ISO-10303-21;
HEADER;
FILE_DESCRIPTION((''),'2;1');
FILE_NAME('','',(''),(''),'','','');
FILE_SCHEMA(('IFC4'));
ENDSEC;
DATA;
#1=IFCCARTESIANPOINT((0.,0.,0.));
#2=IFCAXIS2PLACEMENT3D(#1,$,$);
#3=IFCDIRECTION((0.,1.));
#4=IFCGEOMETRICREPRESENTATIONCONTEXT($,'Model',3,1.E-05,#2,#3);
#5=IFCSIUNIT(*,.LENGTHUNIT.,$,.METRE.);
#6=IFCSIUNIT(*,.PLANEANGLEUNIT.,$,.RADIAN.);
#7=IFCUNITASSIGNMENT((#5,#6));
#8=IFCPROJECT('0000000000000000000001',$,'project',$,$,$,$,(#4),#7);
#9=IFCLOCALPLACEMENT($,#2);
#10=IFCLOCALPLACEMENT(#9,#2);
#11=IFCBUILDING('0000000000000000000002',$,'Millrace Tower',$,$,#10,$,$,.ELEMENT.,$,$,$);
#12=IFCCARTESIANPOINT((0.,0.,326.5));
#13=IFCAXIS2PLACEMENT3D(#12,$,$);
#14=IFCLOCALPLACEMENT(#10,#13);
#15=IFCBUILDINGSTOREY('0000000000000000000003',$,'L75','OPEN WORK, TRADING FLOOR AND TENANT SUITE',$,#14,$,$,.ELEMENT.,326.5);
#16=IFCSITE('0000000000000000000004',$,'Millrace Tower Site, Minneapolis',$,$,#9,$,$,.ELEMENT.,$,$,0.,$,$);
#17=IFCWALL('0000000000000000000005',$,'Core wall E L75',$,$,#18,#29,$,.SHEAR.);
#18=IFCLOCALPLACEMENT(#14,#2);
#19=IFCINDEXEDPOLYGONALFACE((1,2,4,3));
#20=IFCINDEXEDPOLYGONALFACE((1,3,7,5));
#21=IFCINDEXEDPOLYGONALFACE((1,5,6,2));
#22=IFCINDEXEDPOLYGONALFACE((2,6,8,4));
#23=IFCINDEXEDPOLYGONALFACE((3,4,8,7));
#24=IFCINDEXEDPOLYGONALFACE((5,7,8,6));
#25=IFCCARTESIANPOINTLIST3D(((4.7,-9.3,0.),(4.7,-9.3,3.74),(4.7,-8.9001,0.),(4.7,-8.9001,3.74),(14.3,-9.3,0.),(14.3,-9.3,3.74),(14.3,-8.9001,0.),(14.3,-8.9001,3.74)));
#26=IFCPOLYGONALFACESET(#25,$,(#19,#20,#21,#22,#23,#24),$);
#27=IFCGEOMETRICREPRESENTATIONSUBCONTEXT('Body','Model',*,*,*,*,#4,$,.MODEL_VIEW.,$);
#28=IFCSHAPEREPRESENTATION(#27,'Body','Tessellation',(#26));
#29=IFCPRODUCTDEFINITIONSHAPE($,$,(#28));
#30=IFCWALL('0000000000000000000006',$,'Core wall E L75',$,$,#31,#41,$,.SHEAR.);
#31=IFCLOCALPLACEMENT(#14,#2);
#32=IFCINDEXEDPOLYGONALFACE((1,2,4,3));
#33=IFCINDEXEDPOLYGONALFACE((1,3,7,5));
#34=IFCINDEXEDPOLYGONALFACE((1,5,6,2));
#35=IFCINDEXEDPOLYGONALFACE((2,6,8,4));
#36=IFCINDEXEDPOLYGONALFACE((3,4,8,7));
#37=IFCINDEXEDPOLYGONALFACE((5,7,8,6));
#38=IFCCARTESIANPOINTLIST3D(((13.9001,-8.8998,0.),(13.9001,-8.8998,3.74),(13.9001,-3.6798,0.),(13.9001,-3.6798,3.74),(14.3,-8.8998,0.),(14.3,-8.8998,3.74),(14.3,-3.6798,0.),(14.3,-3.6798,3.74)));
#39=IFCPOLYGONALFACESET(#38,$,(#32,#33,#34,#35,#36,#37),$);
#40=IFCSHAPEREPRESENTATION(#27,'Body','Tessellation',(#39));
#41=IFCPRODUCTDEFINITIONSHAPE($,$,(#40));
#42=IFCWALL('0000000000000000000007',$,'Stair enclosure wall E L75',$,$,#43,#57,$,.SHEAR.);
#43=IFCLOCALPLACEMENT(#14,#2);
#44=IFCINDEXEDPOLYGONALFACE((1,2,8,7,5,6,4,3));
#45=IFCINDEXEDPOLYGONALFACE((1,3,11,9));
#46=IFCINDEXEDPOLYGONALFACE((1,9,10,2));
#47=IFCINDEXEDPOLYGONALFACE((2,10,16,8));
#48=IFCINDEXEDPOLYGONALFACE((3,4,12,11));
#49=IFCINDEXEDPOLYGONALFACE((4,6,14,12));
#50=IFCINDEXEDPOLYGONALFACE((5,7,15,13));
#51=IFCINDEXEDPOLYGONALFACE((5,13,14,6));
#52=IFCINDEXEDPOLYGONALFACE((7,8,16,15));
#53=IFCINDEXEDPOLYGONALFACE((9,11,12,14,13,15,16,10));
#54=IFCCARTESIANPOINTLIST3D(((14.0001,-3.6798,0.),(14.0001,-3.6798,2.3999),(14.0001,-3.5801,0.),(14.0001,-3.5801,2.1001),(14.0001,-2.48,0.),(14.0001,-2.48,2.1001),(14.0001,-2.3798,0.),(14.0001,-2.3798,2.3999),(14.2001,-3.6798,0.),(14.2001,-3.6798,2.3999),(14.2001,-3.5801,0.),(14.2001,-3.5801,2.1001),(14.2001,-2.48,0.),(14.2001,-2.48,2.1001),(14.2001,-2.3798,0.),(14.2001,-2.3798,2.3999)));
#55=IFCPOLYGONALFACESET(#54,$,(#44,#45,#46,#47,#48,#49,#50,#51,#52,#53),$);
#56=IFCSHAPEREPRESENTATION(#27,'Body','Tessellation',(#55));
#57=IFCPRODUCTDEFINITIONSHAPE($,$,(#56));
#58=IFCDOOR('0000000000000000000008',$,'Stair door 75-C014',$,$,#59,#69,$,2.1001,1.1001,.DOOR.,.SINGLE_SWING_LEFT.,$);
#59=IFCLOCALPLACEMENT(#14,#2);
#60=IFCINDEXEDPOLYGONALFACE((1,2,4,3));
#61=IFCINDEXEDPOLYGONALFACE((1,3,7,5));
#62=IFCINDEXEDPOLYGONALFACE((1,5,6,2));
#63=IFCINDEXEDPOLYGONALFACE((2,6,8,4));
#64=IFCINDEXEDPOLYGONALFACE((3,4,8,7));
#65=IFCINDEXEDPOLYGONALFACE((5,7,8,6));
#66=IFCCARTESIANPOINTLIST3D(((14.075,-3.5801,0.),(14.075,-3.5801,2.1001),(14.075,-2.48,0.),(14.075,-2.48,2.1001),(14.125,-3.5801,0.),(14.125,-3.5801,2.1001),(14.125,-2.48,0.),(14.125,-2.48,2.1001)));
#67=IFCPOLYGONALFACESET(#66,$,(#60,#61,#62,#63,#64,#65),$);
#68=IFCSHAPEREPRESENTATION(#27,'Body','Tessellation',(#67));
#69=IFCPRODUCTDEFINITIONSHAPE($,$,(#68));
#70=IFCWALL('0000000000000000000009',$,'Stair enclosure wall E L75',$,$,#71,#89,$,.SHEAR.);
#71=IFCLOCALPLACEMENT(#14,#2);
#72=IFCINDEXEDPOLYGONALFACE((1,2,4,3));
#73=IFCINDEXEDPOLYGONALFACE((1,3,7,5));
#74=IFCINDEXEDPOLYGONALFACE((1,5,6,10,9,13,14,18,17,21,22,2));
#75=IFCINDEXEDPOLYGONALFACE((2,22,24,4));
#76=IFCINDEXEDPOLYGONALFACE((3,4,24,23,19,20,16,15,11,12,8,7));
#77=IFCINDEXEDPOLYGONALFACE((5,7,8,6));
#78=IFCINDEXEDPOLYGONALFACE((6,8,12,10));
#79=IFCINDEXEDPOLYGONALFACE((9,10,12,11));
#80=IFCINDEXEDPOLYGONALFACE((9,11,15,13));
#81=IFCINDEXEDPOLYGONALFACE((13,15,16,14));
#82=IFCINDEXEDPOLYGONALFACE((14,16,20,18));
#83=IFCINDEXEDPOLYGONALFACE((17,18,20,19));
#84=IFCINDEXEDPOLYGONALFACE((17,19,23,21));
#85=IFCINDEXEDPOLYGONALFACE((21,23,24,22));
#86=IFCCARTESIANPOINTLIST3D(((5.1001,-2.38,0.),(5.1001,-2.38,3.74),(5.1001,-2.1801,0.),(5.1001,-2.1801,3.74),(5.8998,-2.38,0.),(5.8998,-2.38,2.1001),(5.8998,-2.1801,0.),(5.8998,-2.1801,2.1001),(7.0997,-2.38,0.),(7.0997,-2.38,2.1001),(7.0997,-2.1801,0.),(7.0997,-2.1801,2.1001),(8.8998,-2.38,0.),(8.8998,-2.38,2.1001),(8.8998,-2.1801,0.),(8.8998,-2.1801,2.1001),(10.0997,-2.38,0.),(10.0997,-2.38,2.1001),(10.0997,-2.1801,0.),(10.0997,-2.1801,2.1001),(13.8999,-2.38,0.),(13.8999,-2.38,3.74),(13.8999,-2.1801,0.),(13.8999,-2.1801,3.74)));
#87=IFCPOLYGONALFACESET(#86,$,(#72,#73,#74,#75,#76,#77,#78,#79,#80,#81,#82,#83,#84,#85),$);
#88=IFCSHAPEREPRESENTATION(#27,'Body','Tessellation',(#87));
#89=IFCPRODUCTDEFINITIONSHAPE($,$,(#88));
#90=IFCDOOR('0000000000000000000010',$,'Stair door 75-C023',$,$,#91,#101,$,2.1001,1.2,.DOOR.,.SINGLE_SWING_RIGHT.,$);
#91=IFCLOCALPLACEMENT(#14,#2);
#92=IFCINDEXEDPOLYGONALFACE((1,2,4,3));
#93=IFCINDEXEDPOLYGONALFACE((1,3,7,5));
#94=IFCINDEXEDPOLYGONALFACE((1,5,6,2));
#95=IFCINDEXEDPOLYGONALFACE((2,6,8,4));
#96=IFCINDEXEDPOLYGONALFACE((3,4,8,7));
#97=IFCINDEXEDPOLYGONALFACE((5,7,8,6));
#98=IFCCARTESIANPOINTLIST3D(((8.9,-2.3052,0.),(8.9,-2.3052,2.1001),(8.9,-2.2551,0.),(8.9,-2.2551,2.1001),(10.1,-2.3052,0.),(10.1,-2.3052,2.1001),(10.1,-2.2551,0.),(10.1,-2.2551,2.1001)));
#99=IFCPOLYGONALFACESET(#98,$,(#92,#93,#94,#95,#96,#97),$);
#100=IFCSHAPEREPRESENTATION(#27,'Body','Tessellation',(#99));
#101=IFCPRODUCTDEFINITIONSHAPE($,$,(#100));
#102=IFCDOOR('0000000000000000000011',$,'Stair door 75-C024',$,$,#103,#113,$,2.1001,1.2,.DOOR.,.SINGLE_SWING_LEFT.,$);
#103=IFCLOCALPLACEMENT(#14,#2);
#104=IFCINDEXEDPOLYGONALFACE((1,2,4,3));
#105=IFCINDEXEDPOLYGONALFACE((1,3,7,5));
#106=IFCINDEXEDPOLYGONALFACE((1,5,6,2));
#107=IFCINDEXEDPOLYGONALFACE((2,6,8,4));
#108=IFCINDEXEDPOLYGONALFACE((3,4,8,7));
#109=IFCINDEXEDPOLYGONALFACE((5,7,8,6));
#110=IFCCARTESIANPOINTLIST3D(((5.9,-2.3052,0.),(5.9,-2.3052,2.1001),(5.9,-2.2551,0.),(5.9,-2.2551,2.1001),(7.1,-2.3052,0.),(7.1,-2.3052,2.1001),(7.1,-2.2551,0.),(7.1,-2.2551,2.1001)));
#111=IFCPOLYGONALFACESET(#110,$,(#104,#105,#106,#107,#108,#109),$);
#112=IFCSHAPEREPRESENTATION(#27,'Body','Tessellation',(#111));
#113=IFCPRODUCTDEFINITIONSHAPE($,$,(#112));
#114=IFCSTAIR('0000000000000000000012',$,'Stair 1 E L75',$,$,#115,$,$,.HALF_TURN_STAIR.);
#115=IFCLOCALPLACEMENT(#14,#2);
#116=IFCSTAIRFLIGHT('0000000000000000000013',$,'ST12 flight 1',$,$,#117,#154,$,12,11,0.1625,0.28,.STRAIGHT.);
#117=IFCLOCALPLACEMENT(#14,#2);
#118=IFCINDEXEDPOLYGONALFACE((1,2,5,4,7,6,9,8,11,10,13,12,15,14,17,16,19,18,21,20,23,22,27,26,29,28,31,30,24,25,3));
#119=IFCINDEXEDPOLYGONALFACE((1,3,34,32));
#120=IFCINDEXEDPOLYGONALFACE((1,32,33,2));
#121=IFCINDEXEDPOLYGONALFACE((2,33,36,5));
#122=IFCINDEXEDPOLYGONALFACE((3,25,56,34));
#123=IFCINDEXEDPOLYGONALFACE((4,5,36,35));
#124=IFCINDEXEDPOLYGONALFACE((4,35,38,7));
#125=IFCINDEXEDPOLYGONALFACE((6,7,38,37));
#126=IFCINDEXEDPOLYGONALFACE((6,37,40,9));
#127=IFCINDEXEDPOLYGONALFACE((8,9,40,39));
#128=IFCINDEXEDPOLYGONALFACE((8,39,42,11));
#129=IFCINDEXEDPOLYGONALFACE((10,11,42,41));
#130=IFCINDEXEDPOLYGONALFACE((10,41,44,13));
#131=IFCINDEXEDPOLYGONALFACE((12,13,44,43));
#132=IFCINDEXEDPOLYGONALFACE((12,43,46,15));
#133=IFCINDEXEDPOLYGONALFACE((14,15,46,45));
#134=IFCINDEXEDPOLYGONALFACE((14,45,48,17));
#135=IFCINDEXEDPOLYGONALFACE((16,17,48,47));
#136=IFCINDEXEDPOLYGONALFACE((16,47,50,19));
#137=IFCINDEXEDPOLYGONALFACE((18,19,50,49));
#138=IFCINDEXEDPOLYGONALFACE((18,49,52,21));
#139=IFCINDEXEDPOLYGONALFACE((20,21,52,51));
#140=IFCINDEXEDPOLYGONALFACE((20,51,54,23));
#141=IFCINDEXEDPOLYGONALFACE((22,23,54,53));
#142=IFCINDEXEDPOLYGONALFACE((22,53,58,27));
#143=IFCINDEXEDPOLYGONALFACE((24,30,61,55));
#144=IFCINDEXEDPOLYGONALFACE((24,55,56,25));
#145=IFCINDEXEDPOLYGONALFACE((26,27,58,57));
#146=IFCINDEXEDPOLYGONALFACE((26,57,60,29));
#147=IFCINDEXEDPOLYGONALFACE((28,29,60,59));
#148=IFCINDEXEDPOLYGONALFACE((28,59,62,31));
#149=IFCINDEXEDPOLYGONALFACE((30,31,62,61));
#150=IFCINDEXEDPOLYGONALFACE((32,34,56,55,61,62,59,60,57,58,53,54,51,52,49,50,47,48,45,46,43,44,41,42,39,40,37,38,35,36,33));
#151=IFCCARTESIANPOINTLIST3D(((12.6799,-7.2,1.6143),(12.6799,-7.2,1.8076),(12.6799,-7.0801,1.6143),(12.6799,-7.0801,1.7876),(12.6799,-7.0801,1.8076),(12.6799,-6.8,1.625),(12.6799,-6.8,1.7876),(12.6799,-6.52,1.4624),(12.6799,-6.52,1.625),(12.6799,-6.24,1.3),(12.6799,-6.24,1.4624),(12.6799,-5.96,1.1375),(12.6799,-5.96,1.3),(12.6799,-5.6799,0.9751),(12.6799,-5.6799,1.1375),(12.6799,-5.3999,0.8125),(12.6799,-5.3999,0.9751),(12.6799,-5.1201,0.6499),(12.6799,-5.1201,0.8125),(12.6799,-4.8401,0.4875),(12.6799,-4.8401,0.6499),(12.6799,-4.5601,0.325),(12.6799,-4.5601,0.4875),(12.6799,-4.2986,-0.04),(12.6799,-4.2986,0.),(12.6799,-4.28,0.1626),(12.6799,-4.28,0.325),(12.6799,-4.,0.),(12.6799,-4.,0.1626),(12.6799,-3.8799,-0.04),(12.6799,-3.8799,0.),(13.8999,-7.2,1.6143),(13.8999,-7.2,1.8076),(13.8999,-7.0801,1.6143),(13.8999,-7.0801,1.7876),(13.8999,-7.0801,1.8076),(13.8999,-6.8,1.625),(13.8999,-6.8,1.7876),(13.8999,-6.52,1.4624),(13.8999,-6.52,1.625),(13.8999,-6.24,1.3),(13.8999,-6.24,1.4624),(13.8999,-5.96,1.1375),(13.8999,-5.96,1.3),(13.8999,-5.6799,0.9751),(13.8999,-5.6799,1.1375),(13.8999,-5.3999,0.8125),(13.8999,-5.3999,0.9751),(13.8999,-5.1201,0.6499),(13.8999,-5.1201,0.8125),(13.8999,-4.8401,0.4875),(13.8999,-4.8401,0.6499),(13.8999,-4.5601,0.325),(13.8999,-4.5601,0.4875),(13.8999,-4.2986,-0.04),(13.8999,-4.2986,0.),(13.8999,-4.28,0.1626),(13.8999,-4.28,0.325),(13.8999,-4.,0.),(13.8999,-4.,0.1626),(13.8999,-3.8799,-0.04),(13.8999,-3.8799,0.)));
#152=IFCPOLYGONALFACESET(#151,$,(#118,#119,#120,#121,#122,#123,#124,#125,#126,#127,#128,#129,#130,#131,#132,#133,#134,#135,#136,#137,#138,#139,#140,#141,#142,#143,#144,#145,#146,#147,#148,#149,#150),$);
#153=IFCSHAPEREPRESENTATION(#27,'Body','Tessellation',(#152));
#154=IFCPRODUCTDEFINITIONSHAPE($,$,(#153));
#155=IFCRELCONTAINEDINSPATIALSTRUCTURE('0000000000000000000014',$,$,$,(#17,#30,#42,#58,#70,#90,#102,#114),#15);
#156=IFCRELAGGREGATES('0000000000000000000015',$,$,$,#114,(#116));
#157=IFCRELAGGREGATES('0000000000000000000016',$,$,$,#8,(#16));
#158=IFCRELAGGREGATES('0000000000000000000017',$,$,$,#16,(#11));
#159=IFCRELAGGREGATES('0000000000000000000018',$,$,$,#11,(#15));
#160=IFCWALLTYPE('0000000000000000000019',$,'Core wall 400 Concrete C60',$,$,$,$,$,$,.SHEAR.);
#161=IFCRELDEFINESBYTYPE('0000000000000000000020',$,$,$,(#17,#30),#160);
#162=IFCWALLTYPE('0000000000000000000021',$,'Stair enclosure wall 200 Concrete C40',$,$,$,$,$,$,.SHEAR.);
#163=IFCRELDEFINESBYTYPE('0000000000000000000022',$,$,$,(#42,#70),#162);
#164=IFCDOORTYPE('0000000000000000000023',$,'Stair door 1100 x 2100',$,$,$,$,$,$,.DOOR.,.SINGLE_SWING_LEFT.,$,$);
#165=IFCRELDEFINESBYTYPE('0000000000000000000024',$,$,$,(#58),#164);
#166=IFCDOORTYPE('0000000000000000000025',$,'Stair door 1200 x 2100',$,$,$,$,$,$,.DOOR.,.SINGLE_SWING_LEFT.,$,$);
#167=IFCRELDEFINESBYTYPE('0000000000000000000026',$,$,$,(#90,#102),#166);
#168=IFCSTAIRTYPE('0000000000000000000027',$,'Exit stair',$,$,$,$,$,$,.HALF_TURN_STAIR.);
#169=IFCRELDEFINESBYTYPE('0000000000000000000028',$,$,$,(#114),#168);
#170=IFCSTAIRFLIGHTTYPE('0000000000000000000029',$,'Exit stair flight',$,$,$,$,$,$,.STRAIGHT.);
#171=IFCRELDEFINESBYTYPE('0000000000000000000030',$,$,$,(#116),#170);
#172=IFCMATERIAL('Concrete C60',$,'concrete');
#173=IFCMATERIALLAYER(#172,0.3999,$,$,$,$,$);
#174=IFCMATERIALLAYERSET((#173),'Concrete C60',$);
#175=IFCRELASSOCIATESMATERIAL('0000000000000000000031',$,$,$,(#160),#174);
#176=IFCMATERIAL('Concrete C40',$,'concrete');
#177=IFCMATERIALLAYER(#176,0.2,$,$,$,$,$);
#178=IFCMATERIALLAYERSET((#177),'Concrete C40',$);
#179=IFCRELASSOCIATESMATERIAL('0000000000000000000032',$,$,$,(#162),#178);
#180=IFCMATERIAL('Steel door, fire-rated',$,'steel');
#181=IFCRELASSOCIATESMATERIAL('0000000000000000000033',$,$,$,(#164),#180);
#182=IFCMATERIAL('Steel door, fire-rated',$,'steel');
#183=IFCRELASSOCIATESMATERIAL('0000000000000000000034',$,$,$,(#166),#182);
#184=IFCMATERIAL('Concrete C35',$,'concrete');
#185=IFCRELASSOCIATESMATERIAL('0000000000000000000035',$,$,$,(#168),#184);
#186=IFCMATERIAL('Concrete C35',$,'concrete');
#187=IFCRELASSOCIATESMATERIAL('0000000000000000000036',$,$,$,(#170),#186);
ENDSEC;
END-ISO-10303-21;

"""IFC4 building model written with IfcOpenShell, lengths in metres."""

from ifc_helpers import new_model, si_unit, direction, frame, frame_2d, origin, place, context, subcontext, project, spatial, polyline, rectangle, outline, extrude, material, layer, layer_set, type_object, element, fill, aggregate, save


model = new_model("IFC4")

# Units and contexts
model_context = context("Model", 3, precision=1e-05, world=origin(), true_north=direction((0.0, 1.0)))
body_context = subcontext(model_context, "Body", "Model", "MODEL_VIEW")
ifc_project = project(units=[si_unit("LENGTHUNIT", "METRE"), si_unit("PLANEANGLEUNIT", "RADIAN")], contexts=[model_context])

# Site, building, storey
site_placement = place(None, origin())
site = spatial("IfcSite", under=ifc_project, at=site_placement, Name="Millrace Tower Site, Minneapolis", CompositionType="ELEMENT", RefElevation=0.0)
building_placement = place(site_placement, origin())
building = spatial("IfcBuilding", under=site, at=building_placement, Name="Millrace Tower", CompositionType="ELEMENT")
storey_placement = place(building_placement, frame((0.0, 0.0, 326.5)))
storey = spatial("IfcBuildingStorey", under=building, at=storey_placement, Name="L75", Description="OPEN WORK, TRADING FLOOR AND TENANT SUITE", CompositionType="ELEMENT", Elevation=326.5)

# Shared definitions
placement = place(storey_placement, origin())

# Walls
ifc_material_1 = material(Name="Concrete C60", Category="concrete")
ifc_layer_1 = layer(ifc_material_1, 0.3999)
ifc_layer_set_1 = layer_set([ifc_layer_1], Name="Concrete C60")
wall_type_1 = type_object("IfcWallType", Name="Core wall 400 Concrete C60", PredefinedType="SHEAR", material=ifc_layer_set_1)
wall_1_placement = place(storey_placement, frame((14.3, -9.1001, 0.0), z_axis=(0.0, 0.0, 1.0), x_axis=(-1.0, 0.0, 0.0)))
element("IfcWall", 1, at=wall_1_placement, inside=storey, type_object=wall_type_1, Name="Core wall E L75", PredefinedType="SHEAR", context=body_context, shape_type="SweptSolid", body=[
    extrude(rectangle(XDim=9.6001, YDim=0.3999, at=frame_2d((4.8, 0.0))), origin(), (0.0, 0.0, 1.0), 3.74),
])
wall_2_placement = place(storey_placement, frame((14.1001, -3.6799, 0.0), z_axis=(0.0, 0.0, 1.0), x_axis=(0.0, -1.0, 0.0)))
element("IfcWall", 2, at=wall_2_placement, inside=storey, type_object=wall_type_1, Name="Core wall E L75", PredefinedType="SHEAR", context=body_context, shape_type="SweptSolid", body=[
    extrude(rectangle(XDim=5.22, YDim=0.3999, at=frame_2d((2.6099, 0.0))), origin(), (0.0, 0.0, 1.0), 3.74),
])

# Wall, opening, door
ifc_material_2 = material(Name="Concrete C40", Category="concrete")
ifc_layer_2 = layer(ifc_material_2, 0.2)
ifc_layer_set_2 = layer_set([ifc_layer_2], Name="Concrete C40")
wall_type_2 = type_object("IfcWallType", Name="Stair enclosure wall 200 Concrete C40", PredefinedType="SHEAR", material=ifc_layer_set_2)
wall_3_placement = place(storey_placement, frame((14.1001, -2.3799, 0.0), z_axis=(0.0, 0.0, 1.0), x_axis=(0.0, -1.0, 0.0)))
wall_3 = element("IfcWall", 3, at=wall_3_placement, inside=storey, type_object=wall_type_2, Name="Stair enclosure wall E L75", PredefinedType="SHEAR", context=body_context, shape_type="SweptSolid", body=[
    extrude(rectangle(XDim=1.3, YDim=0.2, at=frame_2d((0.6499, 0.0))), origin(), (0.0, 0.0, 1.0), 2.3999),
])
opening_1_placement = place(wall_3_placement, frame((0.1001, 0.0, 0.0)))
opening_1 = element("IfcOpeningElement", 4, at=opening_1_placement, cuts=wall_3, PredefinedType="OPENING", context=body_context, shape_type="SweptSolid", body=[
    extrude(rectangle(XDim=1.1001, YDim=2.1001, at=frame_2d((0.55, 1.05))), frame((0.0, 0.1099, 0.0), z_axis=(0.0, -1.0, 0.0), x_axis=(1.0, 0.0, 0.0)), (0.0, 0.0, 1.0), 0.22),
])
ifc_material_3 = material(Name="Steel door, fire-rated", Category="steel")
door_type_1 = type_object("IfcDoorType", Name="Stair door 1100 x 2100", OperationType="SINGLE_SWING_LEFT", PredefinedType="DOOR", material=ifc_material_3)
door_1_placement = place(opening_1_placement, origin())
door_1 = element("IfcDoor", 5, at=door_1_placement, inside=storey, type_object=door_type_1, Name="Stair door 75-C014", OperationType="SINGLE_SWING_LEFT", OverallHeight=2.1001, OverallWidth=1.1001, PredefinedType="DOOR", context=body_context, shape_type="SweptSolid", body=[
    extrude(rectangle(XDim=1.1001, YDim=2.1001, at=frame_2d((0.55, 1.05))), frame((0.0, 0.0249, 0.0), z_axis=(0.0, -1.0, 0.0), x_axis=(1.0, 0.0, 0.0)), (0.0, 0.0, 1.0), 0.05),
])
fill(opening_1, door_1)

# Wall, openings, doors
wall_4_placement = place(storey_placement, frame((13.8999, -2.28, 0.0), z_axis=(0.0, 0.0, 1.0), x_axis=(-1.0, 0.0, 0.0)))
wall_4 = element("IfcWall", 6, at=wall_4_placement, inside=storey, type_object=wall_type_2, Name="Stair enclosure wall E L75", PredefinedType="SHEAR", context=body_context, shape_type="SweptSolid", body=[
    extrude(rectangle(XDim=8.7998, YDim=0.2, at=frame_2d((4.3999, 0.0))), origin(), (0.0, 0.0, 1.0), 3.74),
])
opening_2_placement = place(wall_4_placement, frame((3.8, 0.0, 0.0)))
opening_2 = element("IfcOpeningElement", 7, at=opening_2_placement, cuts=wall_4, PredefinedType="OPENING", context=body_context, shape_type="SweptSolid", body=[
    extrude(rectangle(XDim=1.2, YDim=2.1001, at=frame_2d((0.6001, 1.05))), frame((0.0, 0.1099, 0.0), z_axis=(0.0, -1.0, 0.0), x_axis=(1.0, 0.0, 0.0)), (0.0, 0.0, 1.0), 0.22),
])
opening_3_placement = place(wall_4_placement, frame((6.8, 0.0, 0.0)))
opening_3 = element("IfcOpeningElement", 8, at=opening_3_placement, cuts=wall_4, PredefinedType="OPENING", context=body_context, shape_type="SweptSolid", body=[
    extrude(rectangle(XDim=1.2, YDim=2.1001, at=frame_2d((0.6001, 1.05))), frame((0.0, 0.1099, 0.0), z_axis=(0.0, -1.0, 0.0), x_axis=(1.0, 0.0, 0.0)), (0.0, 0.0, 1.0), 0.22),
])
ifc_material_4 = material(Name="Steel door, fire-rated", Category="steel")
door_type_2 = type_object("IfcDoorType", Name="Stair door 1200 x 2100", OperationType="SINGLE_SWING_LEFT", PredefinedType="DOOR", material=ifc_material_4)
door_2_placement = place(opening_2_placement, frame((1.2, 0.0, 0.0), z_axis=(0.0, 0.0, 1.0), x_axis=(-1.0, 0.0, 0.0)))
door_2 = element("IfcDoor", 9, at=door_2_placement, inside=storey, type_object=door_type_2, Name="Stair door 75-C023", OperationType="SINGLE_SWING_RIGHT", OverallHeight=2.1001, OverallWidth=1.2, PredefinedType="DOOR", context=body_context, shape_type="SweptSolid", body=[
    extrude(rectangle(XDim=1.2, YDim=2.1001, at=frame_2d((0.6001, 1.05))), frame((0.0, 0.0249, 0.0), z_axis=(0.0, -1.0, 0.0), x_axis=(1.0, 0.0, 0.0)), (0.0, 0.0, 1.0), 0.05),
])
fill(opening_2, door_2)
door_3_placement = place(opening_3_placement, frame((1.2, 0.0, 0.0), z_axis=(0.0, 0.0, 1.0), x_axis=(-1.0, 0.0, 0.0)))
door_3 = element("IfcDoor", 10, at=door_3_placement, inside=storey, type_object=door_type_2, Name="Stair door 75-C024", OperationType="SINGLE_SWING_LEFT", OverallHeight=2.1001, OverallWidth=1.2, PredefinedType="DOOR", context=body_context, shape_type="SweptSolid", body=[
    extrude(rectangle(XDim=1.2, YDim=2.1001, at=frame_2d((0.6001, 1.05))), frame((0.0, 0.0249, 0.0), z_axis=(0.0, -1.0, 0.0), x_axis=(1.0, 0.0, 0.0)), (0.0, 0.0, 1.0), 0.05),
])
fill(opening_3, door_3)

# Stair, stair flight
ifc_material_5 = material(Name="Concrete C35", Category="concrete")
stair_type = type_object("IfcStairType", Name="Exit stair", PredefinedType="HALF_TURN_STAIR", material=ifc_material_5)
stair = element("IfcStair", 11, at=placement, inside=storey, type_object=stair_type, Name="Stair 1 E L75", PredefinedType="HALF_TURN_STAIR")
ifc_material_6 = material(Name="Concrete C35", Category="concrete")
stair_flight_type = type_object("IfcStairFlightType", Name="Exit stair flight", PredefinedType="STRAIGHT", material=ifc_material_6)
stair_flight_1_placement = place(storey_placement, frame((13.29, -4.0, 0.0), z_axis=(0.0, 0.0, 1.0), x_axis=(0.0, -1.0, 0.0)))
stair_flight_1 = element("IfcStairFlight", 12, at=stair_flight_1_placement, type_object=stair_flight_type, Name="ST12 flight 1", NumberOfRisers=12, NumberOfTreads=11, PredefinedType="STRAIGHT", RiserHeight=0.1625, TreadLength=0.28, context=body_context, shape_type="SweptSolid", body=[
    extrude(outline(polyline([(-0.1201, -0.04), (-0.1201, 0.0), (0.0, 0.0), (0.0, 0.1626), (0.28, 0.1626), (0.28, 0.325), (0.5601, 0.325), (0.5601, 0.4875), (0.8401, 0.4875), (0.8401, 0.6499), (1.1201, 0.6499), (1.1201, 0.8125), (1.3999, 0.8125), (1.3999, 0.9751), (1.6799, 0.9751), (1.6799, 1.1375), (1.96, 1.1375), (1.96, 1.3), (2.24, 1.3), (2.24, 1.4624), (2.52, 1.4624), (2.52, 1.625), (2.8, 1.625), (2.8, 1.7876), (3.0801, 1.7876), (3.0801, 1.8076), (3.2, 1.8076), (3.2, 1.6143), (3.0801, 1.6143), (0.2986, 0.0), (0.2986, -0.04), (-0.1201, -0.04)])), frame((0.0, 0.6099, 0.0), z_axis=(0.0, -1.0, 0.0), x_axis=(1.0, 0.0, 0.0)), (0.0, 0.0, 1.0), 1.22),
])
aggregate(stair, [stair_flight_1])

save(model, "model.ifc")
